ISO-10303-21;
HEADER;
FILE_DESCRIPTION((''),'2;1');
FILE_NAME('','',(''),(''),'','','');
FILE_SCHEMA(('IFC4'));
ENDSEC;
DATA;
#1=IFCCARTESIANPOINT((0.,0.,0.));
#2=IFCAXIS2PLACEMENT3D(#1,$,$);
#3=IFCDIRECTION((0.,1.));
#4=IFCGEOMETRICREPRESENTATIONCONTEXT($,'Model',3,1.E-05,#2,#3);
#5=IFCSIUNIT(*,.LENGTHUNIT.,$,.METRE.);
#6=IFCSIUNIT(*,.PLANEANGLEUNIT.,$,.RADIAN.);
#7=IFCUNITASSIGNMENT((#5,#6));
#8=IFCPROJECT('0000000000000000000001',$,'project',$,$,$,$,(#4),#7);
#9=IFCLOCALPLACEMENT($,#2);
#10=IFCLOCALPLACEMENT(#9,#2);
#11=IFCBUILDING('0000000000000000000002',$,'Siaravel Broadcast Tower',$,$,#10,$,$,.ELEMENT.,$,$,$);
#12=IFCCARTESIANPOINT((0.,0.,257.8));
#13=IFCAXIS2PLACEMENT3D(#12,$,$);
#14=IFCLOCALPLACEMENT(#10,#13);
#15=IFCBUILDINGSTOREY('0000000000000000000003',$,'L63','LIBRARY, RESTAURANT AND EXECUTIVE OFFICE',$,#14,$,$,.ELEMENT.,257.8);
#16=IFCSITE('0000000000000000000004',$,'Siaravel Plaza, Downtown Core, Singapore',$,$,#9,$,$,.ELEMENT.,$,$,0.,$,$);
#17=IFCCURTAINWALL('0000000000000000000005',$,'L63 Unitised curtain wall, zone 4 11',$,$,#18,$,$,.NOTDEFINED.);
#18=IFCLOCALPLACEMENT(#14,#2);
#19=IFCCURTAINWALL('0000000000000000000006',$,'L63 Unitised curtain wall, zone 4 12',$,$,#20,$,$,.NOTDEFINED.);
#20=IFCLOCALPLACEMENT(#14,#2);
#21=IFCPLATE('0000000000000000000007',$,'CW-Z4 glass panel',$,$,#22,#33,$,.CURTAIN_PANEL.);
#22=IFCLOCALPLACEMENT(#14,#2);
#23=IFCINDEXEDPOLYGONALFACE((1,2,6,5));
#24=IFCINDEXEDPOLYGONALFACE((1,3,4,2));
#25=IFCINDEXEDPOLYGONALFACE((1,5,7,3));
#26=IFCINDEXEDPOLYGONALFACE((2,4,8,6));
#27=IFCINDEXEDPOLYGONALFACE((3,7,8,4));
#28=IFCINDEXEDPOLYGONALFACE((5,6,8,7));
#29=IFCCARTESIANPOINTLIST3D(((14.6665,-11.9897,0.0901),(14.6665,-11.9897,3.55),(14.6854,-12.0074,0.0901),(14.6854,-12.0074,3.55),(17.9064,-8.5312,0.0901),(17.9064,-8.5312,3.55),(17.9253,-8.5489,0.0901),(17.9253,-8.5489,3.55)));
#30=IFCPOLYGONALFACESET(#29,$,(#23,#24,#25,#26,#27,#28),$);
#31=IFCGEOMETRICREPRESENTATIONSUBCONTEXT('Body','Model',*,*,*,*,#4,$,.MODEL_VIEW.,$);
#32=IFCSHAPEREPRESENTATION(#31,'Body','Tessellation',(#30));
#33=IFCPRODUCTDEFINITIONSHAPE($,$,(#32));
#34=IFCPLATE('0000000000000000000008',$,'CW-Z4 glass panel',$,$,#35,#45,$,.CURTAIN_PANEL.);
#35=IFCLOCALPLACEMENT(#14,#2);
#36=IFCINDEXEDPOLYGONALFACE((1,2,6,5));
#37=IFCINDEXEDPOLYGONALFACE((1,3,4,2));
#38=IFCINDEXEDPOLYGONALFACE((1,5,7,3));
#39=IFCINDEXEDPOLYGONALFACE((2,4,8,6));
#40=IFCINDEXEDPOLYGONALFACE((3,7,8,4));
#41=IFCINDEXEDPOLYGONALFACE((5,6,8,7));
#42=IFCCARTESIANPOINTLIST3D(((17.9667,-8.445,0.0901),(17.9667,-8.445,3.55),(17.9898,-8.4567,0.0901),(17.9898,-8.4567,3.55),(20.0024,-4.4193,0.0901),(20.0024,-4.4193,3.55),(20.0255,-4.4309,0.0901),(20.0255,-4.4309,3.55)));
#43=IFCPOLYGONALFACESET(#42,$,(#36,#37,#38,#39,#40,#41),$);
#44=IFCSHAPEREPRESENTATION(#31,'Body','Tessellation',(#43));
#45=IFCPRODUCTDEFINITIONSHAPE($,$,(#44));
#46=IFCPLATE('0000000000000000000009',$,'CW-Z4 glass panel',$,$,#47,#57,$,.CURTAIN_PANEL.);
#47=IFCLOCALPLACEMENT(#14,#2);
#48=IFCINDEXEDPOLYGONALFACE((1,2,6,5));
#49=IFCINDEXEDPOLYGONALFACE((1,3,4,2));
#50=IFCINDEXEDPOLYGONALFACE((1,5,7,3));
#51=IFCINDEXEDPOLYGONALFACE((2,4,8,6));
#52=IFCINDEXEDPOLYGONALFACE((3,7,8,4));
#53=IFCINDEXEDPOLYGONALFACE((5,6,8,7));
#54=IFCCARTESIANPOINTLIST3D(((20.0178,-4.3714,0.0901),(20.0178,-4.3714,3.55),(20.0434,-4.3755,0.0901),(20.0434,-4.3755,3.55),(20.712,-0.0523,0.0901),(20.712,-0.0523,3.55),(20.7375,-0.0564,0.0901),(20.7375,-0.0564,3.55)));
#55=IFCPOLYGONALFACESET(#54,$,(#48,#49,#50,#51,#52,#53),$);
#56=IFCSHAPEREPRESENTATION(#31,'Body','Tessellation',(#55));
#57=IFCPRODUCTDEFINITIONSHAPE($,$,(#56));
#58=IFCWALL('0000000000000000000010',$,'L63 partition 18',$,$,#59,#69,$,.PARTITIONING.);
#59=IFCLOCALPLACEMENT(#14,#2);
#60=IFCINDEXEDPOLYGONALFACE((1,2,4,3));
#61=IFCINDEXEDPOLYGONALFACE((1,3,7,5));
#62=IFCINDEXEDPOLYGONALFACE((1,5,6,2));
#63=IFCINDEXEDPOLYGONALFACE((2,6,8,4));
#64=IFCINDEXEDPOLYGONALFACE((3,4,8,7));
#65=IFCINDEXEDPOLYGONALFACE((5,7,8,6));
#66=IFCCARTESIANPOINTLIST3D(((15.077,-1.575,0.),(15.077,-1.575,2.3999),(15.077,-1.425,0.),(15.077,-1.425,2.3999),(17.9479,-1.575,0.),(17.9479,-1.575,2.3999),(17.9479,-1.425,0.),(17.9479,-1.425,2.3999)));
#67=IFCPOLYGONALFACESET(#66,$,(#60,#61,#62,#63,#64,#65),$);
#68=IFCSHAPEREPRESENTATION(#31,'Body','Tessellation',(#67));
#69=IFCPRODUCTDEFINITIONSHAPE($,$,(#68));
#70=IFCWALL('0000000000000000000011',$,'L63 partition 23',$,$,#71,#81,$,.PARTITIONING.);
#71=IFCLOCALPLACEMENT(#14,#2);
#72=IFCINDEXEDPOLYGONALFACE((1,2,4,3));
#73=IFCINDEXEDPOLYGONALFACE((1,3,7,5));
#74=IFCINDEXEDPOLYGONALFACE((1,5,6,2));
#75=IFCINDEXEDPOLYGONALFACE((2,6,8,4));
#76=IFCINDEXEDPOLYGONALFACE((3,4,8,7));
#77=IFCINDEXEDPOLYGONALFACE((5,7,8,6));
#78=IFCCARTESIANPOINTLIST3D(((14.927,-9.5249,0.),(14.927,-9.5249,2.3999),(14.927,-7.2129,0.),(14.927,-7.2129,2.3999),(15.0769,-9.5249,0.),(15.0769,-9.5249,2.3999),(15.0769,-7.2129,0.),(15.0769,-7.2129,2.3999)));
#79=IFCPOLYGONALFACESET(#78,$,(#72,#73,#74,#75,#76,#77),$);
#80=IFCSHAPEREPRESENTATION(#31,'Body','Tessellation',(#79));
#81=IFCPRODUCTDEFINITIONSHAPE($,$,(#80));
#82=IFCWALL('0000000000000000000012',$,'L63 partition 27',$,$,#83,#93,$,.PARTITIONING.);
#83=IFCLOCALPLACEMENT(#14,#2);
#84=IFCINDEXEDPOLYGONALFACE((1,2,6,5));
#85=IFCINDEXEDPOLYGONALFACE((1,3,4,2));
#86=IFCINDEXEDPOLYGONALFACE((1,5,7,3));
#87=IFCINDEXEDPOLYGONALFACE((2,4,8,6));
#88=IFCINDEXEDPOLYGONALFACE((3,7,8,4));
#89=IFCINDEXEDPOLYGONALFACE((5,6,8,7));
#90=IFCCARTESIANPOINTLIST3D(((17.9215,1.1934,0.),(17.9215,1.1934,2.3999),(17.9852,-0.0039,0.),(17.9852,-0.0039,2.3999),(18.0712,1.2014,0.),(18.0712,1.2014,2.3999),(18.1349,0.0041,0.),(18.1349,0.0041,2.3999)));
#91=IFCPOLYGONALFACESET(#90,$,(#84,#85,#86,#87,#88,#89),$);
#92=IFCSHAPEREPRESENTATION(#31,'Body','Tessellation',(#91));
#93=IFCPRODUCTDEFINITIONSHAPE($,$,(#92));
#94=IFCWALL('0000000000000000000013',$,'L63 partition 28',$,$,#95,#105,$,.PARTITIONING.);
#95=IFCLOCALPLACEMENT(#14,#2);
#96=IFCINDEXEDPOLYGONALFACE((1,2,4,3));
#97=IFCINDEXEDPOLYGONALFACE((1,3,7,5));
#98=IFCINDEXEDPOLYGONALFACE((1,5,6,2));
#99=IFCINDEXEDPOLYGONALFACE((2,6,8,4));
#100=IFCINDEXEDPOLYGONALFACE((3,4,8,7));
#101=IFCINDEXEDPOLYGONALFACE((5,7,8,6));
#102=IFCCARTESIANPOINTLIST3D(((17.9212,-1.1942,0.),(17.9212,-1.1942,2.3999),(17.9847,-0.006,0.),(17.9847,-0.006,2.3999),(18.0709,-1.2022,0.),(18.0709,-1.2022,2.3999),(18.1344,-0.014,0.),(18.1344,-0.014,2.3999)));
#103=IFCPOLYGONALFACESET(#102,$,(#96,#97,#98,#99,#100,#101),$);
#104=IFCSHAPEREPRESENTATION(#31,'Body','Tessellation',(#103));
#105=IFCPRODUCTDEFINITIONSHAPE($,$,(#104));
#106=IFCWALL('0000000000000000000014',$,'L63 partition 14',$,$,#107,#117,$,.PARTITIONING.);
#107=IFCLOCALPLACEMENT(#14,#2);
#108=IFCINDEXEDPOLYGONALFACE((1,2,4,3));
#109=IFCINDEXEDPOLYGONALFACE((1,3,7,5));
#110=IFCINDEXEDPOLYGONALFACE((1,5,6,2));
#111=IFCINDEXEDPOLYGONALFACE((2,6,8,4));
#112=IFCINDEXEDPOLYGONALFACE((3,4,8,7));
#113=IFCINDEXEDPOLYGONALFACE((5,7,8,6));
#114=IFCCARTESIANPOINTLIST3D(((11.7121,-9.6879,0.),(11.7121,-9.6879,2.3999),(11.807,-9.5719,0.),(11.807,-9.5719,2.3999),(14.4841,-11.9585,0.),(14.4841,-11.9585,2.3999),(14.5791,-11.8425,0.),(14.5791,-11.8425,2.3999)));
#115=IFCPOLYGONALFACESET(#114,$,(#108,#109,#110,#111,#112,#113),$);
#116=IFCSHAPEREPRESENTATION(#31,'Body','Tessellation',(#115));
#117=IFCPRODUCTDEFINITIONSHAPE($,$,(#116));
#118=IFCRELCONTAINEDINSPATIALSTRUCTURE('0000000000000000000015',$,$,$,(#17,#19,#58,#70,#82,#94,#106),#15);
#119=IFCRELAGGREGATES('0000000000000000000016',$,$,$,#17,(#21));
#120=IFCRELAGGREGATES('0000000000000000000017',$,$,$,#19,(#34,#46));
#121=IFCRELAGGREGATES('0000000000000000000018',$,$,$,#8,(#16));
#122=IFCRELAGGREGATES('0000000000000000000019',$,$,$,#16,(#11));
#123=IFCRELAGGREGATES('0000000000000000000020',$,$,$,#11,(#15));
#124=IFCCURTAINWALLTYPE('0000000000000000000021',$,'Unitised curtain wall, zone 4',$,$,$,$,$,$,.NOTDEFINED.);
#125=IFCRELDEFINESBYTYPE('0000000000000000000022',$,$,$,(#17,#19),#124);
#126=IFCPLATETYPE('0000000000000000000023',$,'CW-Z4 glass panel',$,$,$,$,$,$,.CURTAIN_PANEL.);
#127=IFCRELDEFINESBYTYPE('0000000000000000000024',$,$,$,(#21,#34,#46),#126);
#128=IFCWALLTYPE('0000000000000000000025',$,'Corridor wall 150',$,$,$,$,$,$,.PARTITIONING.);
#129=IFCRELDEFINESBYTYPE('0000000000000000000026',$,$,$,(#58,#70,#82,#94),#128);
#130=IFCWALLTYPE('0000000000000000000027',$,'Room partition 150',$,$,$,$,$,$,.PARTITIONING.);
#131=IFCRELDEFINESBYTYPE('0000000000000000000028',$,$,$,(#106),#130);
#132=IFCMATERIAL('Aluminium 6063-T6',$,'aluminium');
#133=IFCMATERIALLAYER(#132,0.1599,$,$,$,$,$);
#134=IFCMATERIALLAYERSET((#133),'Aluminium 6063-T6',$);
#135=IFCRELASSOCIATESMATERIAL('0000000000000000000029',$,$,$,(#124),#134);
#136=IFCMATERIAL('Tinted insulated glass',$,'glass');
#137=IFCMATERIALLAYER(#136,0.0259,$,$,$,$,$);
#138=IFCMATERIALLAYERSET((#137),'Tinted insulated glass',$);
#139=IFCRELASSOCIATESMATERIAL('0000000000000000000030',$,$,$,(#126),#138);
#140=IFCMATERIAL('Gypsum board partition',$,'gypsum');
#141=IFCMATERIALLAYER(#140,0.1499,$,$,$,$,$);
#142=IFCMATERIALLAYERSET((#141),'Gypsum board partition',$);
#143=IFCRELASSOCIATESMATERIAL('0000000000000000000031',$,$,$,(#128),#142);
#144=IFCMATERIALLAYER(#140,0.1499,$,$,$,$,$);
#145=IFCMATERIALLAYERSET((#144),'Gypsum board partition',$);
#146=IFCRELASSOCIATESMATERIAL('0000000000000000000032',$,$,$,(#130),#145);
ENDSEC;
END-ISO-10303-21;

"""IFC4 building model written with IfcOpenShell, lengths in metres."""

from ifc_helpers import new_model, si_unit, direction, frame, frame_2d, origin, origin_2d, place, context, subcontext, project, spatial, rectangle, extrude, material, layer, layer_set, type_object, element, aggregate, save


model = new_model("IFC4")

# Units and contexts
model_context = context("Model", 3, precision=1e-05, world=origin(), true_north=direction((0.0, 1.0)))
body_context = subcontext(model_context, "Body", "Model", "MODEL_VIEW")
ifc_project = project(units=[si_unit("LENGTHUNIT", "METRE"), si_unit("PLANEANGLEUNIT", "RADIAN")], contexts=[model_context])

# Site, building, storey
site_placement = place(None, origin())
site = spatial("IfcSite", under=ifc_project, at=site_placement, Name="Siaravel Plaza, Downtown Core, Singapore", CompositionType="ELEMENT", RefElevation=0.0)
building_placement = place(site_placement, origin())
building = spatial("IfcBuilding", under=site, at=building_placement, Name="Siaravel Broadcast Tower", CompositionType="ELEMENT")
storey_placement = place(building_placement, frame((0.0, 0.0, 257.8)))
storey = spatial("IfcBuildingStorey", under=building, at=storey_placement, Name="L63", Description="LIBRARY, RESTAURANT AND EXECUTIVE OFFICE", CompositionType="ELEMENT", Elevation=257.8)

# Shared definitions
ifc_material_1 = material(Name="Aluminium 6063-T6", Category="aluminium")
ifc_layer_1 = layer(ifc_material_1, 0.1599)
ifc_layer_set_1 = layer_set([ifc_layer_1], Name="Aluminium 6063-T6")
curtain_wall_type = type_object("IfcCurtainWallType", Name="Unitised curtain wall, zone 4", PredefinedType="NOTDEFINED", material=ifc_layer_set_1)

# Curtain walls
curtain_wall_1_placement = place(storey_placement, origin())
curtain_wall_1 = element("IfcCurtainWall", 1, at=curtain_wall_1_placement, inside=storey, type_object=curtain_wall_type, Name="L63 Unitised curtain wall, zone 4 11", PredefinedType="NOTDEFINED")
curtain_wall_2_placement = place(storey_placement, origin())
curtain_wall_2 = element("IfcCurtainWall", 2, at=curtain_wall_2_placement, inside=storey, type_object=curtain_wall_type, Name="L63 Unitised curtain wall, zone 4 12", PredefinedType="NOTDEFINED")

# Plates
ifc_material_2 = material(Name="Tinted insulated glass", Category="glass")
ifc_layer_2 = layer(ifc_material_2, 0.0259)
ifc_layer_set_2 = layer_set([ifc_layer_2], Name="Tinted insulated glass")
plate_type = type_object("IfcPlateType", Name="CW-Z4 glass panel", PredefinedType="CURTAIN_PANEL", material=ifc_layer_set_2)
plate_1_placement = place(storey_placement, frame((16.2959, -10.2693, 0.0901), z_axis=(0.0, 0.0, 1.0), x_axis=(0.683654, 0.729807, 0.0)))
plate_1 = element("IfcPlate", 3, at=plate_1_placement, type_object=plate_type, Name="CW-Z4 glass panel", PredefinedType="CURTAIN_PANEL", context=body_context, shape_type="SweptSolid", body=[
    extrude(rectangle(XDim=4.739, YDim=0.0259, at=origin_2d()), origin(), (0.0, 0.0, 1.0), 3.46),
])
aggregate(curtain_wall_1, [plate_1])
plate_2_placement = place(storey_placement, frame((18.9961, -6.438, 0.0901), z_axis=(0.0, 0.0, 1.0), x_axis=(0.451259, 0.892393, 0.0)))
plate_2 = element("IfcPlate", 4, at=plate_2_placement, type_object=plate_type, Name="CW-Z4 glass panel", PredefinedType="CURTAIN_PANEL", context=body_context, shape_type="SweptSolid", body=[
    extrude(rectangle(XDim=4.5112, YDim=0.0259, at=origin_2d()), origin(), (0.0, 0.0, 1.0), 3.46),
])
plate_3_placement = place(storey_placement, frame((20.3777, -2.2139, 0.0901), z_axis=(0.0, 0.0, 1.0), x_axis=(0.158685, 0.987329, 0.0)))
plate_3 = element("IfcPlate", 5, at=plate_3_placement, type_object=plate_type, Name="CW-Z4 glass panel", PredefinedType="CURTAIN_PANEL", context=body_context, shape_type="SweptSolid", body=[
    extrude(rectangle(XDim=4.3745, YDim=0.0259, at=origin_2d()), origin(), (0.0, 0.0, 1.0), 3.46),
])
aggregate(curtain_wall_2, [plate_2, plate_3])

# Shared definitions
ifc_material_3 = material(Name="Gypsum board partition", Category="gypsum")
ifc_layer_3 = layer(ifc_material_3, 0.1499)
ifc_layer_set_3 = layer_set([ifc_layer_3], Name="Gypsum board partition")
wall_type_1 = type_object("IfcWallType", Name="Corridor wall 150", PredefinedType="PARTITIONING", material=ifc_layer_set_3)

# Walls
wall_1_placement = place(storey_placement, frame((15.0769, -1.5, 0.0), z_axis=(0.0, 0.0, 1.0), x_axis=(1.0, 0.0, 0.0)))
element("IfcWall", 6, at=wall_1_placement, inside=storey, type_object=wall_type_1, Name="L63 partition 18", PredefinedType="PARTITIONING", context=body_context, shape_type="SweptSolid", body=[
    extrude(rectangle(XDim=2.8708, YDim=0.1499, at=frame_2d((1.4355, 0.0))), origin(), (0.0, 0.0, 1.0), 2.3999),
])
wall_2_placement = place(storey_placement, frame((15.002, -9.5249, 0.0), z_axis=(0.0, 0.0, 1.0), x_axis=(0.0, 1.0, 0.0)))
element("IfcWall", 7, at=wall_2_placement, inside=storey, type_object=wall_type_1, Name="L63 partition 23", PredefinedType="PARTITIONING", context=body_context, shape_type="SweptSolid", body=[
    extrude(rectangle(XDim=2.312, YDim=0.1499, at=frame_2d((1.156, 0.0))), origin(), (0.0, 0.0, 1.0), 2.3999),
])
wall_3_placement = place(storey_placement, frame((18.0601, 0.0, 0.0), z_axis=(0.0, 0.0, 1.0), x_axis=(-0.053147, 0.998587, 0.0)))
element("IfcWall", 8, at=wall_3_placement, inside=storey, type_object=wall_type_1, Name="L63 partition 27", PredefinedType="PARTITIONING", context=body_context, shape_type="SweptSolid", body=[
    extrude(rectangle(XDim=1.199, YDim=0.1499, at=frame_2d((0.5996, 0.0))), origin(), (0.0, 0.0, 1.0), 2.3999),
])
wall_4_placement = place(storey_placement, frame((17.9961, -1.1982, 0.0), z_axis=(0.0, 0.0, 1.0), x_axis=(0.053345, 0.998576, 0.0)))
element("IfcWall", 9, at=wall_4_placement, inside=storey, type_object=wall_type_1, Name="L63 partition 28", PredefinedType="PARTITIONING", context=body_context, shape_type="SweptSolid", body=[
    extrude(rectangle(XDim=1.1899, YDim=0.1499, at=frame_2d((0.595, 0.0))), origin(), (0.0, 0.0, 1.0), 2.3999),
])
ifc_layer_4 = layer(ifc_material_3, 0.1499)
ifc_layer_set_4 = layer_set([ifc_layer_4], Name="Gypsum board partition")
wall_type_2 = type_object("IfcWallType", Name="Room partition 150", PredefinedType="PARTITIONING", material=ifc_layer_set_4)
wall_5_placement = place(storey_placement, frame((14.5315, -11.9004, 0.0), z_axis=(0.0, 0.0, 1.0), x_axis=(-0.773611, 0.633661, 0.0)))
element("IfcWall", 10, at=wall_5_placement, inside=storey, type_object=wall_type_2, Name="L63 partition 14", PredefinedType="PARTITIONING", context=body_context, shape_type="SweptSolid", body=[
    extrude(rectangle(XDim=3.5833, YDim=0.1499, at=frame_2d((1.7915, 0.0))), origin(), (0.0, 0.0, 1.0), 2.3999),
])

save(model, "model.ifc")
